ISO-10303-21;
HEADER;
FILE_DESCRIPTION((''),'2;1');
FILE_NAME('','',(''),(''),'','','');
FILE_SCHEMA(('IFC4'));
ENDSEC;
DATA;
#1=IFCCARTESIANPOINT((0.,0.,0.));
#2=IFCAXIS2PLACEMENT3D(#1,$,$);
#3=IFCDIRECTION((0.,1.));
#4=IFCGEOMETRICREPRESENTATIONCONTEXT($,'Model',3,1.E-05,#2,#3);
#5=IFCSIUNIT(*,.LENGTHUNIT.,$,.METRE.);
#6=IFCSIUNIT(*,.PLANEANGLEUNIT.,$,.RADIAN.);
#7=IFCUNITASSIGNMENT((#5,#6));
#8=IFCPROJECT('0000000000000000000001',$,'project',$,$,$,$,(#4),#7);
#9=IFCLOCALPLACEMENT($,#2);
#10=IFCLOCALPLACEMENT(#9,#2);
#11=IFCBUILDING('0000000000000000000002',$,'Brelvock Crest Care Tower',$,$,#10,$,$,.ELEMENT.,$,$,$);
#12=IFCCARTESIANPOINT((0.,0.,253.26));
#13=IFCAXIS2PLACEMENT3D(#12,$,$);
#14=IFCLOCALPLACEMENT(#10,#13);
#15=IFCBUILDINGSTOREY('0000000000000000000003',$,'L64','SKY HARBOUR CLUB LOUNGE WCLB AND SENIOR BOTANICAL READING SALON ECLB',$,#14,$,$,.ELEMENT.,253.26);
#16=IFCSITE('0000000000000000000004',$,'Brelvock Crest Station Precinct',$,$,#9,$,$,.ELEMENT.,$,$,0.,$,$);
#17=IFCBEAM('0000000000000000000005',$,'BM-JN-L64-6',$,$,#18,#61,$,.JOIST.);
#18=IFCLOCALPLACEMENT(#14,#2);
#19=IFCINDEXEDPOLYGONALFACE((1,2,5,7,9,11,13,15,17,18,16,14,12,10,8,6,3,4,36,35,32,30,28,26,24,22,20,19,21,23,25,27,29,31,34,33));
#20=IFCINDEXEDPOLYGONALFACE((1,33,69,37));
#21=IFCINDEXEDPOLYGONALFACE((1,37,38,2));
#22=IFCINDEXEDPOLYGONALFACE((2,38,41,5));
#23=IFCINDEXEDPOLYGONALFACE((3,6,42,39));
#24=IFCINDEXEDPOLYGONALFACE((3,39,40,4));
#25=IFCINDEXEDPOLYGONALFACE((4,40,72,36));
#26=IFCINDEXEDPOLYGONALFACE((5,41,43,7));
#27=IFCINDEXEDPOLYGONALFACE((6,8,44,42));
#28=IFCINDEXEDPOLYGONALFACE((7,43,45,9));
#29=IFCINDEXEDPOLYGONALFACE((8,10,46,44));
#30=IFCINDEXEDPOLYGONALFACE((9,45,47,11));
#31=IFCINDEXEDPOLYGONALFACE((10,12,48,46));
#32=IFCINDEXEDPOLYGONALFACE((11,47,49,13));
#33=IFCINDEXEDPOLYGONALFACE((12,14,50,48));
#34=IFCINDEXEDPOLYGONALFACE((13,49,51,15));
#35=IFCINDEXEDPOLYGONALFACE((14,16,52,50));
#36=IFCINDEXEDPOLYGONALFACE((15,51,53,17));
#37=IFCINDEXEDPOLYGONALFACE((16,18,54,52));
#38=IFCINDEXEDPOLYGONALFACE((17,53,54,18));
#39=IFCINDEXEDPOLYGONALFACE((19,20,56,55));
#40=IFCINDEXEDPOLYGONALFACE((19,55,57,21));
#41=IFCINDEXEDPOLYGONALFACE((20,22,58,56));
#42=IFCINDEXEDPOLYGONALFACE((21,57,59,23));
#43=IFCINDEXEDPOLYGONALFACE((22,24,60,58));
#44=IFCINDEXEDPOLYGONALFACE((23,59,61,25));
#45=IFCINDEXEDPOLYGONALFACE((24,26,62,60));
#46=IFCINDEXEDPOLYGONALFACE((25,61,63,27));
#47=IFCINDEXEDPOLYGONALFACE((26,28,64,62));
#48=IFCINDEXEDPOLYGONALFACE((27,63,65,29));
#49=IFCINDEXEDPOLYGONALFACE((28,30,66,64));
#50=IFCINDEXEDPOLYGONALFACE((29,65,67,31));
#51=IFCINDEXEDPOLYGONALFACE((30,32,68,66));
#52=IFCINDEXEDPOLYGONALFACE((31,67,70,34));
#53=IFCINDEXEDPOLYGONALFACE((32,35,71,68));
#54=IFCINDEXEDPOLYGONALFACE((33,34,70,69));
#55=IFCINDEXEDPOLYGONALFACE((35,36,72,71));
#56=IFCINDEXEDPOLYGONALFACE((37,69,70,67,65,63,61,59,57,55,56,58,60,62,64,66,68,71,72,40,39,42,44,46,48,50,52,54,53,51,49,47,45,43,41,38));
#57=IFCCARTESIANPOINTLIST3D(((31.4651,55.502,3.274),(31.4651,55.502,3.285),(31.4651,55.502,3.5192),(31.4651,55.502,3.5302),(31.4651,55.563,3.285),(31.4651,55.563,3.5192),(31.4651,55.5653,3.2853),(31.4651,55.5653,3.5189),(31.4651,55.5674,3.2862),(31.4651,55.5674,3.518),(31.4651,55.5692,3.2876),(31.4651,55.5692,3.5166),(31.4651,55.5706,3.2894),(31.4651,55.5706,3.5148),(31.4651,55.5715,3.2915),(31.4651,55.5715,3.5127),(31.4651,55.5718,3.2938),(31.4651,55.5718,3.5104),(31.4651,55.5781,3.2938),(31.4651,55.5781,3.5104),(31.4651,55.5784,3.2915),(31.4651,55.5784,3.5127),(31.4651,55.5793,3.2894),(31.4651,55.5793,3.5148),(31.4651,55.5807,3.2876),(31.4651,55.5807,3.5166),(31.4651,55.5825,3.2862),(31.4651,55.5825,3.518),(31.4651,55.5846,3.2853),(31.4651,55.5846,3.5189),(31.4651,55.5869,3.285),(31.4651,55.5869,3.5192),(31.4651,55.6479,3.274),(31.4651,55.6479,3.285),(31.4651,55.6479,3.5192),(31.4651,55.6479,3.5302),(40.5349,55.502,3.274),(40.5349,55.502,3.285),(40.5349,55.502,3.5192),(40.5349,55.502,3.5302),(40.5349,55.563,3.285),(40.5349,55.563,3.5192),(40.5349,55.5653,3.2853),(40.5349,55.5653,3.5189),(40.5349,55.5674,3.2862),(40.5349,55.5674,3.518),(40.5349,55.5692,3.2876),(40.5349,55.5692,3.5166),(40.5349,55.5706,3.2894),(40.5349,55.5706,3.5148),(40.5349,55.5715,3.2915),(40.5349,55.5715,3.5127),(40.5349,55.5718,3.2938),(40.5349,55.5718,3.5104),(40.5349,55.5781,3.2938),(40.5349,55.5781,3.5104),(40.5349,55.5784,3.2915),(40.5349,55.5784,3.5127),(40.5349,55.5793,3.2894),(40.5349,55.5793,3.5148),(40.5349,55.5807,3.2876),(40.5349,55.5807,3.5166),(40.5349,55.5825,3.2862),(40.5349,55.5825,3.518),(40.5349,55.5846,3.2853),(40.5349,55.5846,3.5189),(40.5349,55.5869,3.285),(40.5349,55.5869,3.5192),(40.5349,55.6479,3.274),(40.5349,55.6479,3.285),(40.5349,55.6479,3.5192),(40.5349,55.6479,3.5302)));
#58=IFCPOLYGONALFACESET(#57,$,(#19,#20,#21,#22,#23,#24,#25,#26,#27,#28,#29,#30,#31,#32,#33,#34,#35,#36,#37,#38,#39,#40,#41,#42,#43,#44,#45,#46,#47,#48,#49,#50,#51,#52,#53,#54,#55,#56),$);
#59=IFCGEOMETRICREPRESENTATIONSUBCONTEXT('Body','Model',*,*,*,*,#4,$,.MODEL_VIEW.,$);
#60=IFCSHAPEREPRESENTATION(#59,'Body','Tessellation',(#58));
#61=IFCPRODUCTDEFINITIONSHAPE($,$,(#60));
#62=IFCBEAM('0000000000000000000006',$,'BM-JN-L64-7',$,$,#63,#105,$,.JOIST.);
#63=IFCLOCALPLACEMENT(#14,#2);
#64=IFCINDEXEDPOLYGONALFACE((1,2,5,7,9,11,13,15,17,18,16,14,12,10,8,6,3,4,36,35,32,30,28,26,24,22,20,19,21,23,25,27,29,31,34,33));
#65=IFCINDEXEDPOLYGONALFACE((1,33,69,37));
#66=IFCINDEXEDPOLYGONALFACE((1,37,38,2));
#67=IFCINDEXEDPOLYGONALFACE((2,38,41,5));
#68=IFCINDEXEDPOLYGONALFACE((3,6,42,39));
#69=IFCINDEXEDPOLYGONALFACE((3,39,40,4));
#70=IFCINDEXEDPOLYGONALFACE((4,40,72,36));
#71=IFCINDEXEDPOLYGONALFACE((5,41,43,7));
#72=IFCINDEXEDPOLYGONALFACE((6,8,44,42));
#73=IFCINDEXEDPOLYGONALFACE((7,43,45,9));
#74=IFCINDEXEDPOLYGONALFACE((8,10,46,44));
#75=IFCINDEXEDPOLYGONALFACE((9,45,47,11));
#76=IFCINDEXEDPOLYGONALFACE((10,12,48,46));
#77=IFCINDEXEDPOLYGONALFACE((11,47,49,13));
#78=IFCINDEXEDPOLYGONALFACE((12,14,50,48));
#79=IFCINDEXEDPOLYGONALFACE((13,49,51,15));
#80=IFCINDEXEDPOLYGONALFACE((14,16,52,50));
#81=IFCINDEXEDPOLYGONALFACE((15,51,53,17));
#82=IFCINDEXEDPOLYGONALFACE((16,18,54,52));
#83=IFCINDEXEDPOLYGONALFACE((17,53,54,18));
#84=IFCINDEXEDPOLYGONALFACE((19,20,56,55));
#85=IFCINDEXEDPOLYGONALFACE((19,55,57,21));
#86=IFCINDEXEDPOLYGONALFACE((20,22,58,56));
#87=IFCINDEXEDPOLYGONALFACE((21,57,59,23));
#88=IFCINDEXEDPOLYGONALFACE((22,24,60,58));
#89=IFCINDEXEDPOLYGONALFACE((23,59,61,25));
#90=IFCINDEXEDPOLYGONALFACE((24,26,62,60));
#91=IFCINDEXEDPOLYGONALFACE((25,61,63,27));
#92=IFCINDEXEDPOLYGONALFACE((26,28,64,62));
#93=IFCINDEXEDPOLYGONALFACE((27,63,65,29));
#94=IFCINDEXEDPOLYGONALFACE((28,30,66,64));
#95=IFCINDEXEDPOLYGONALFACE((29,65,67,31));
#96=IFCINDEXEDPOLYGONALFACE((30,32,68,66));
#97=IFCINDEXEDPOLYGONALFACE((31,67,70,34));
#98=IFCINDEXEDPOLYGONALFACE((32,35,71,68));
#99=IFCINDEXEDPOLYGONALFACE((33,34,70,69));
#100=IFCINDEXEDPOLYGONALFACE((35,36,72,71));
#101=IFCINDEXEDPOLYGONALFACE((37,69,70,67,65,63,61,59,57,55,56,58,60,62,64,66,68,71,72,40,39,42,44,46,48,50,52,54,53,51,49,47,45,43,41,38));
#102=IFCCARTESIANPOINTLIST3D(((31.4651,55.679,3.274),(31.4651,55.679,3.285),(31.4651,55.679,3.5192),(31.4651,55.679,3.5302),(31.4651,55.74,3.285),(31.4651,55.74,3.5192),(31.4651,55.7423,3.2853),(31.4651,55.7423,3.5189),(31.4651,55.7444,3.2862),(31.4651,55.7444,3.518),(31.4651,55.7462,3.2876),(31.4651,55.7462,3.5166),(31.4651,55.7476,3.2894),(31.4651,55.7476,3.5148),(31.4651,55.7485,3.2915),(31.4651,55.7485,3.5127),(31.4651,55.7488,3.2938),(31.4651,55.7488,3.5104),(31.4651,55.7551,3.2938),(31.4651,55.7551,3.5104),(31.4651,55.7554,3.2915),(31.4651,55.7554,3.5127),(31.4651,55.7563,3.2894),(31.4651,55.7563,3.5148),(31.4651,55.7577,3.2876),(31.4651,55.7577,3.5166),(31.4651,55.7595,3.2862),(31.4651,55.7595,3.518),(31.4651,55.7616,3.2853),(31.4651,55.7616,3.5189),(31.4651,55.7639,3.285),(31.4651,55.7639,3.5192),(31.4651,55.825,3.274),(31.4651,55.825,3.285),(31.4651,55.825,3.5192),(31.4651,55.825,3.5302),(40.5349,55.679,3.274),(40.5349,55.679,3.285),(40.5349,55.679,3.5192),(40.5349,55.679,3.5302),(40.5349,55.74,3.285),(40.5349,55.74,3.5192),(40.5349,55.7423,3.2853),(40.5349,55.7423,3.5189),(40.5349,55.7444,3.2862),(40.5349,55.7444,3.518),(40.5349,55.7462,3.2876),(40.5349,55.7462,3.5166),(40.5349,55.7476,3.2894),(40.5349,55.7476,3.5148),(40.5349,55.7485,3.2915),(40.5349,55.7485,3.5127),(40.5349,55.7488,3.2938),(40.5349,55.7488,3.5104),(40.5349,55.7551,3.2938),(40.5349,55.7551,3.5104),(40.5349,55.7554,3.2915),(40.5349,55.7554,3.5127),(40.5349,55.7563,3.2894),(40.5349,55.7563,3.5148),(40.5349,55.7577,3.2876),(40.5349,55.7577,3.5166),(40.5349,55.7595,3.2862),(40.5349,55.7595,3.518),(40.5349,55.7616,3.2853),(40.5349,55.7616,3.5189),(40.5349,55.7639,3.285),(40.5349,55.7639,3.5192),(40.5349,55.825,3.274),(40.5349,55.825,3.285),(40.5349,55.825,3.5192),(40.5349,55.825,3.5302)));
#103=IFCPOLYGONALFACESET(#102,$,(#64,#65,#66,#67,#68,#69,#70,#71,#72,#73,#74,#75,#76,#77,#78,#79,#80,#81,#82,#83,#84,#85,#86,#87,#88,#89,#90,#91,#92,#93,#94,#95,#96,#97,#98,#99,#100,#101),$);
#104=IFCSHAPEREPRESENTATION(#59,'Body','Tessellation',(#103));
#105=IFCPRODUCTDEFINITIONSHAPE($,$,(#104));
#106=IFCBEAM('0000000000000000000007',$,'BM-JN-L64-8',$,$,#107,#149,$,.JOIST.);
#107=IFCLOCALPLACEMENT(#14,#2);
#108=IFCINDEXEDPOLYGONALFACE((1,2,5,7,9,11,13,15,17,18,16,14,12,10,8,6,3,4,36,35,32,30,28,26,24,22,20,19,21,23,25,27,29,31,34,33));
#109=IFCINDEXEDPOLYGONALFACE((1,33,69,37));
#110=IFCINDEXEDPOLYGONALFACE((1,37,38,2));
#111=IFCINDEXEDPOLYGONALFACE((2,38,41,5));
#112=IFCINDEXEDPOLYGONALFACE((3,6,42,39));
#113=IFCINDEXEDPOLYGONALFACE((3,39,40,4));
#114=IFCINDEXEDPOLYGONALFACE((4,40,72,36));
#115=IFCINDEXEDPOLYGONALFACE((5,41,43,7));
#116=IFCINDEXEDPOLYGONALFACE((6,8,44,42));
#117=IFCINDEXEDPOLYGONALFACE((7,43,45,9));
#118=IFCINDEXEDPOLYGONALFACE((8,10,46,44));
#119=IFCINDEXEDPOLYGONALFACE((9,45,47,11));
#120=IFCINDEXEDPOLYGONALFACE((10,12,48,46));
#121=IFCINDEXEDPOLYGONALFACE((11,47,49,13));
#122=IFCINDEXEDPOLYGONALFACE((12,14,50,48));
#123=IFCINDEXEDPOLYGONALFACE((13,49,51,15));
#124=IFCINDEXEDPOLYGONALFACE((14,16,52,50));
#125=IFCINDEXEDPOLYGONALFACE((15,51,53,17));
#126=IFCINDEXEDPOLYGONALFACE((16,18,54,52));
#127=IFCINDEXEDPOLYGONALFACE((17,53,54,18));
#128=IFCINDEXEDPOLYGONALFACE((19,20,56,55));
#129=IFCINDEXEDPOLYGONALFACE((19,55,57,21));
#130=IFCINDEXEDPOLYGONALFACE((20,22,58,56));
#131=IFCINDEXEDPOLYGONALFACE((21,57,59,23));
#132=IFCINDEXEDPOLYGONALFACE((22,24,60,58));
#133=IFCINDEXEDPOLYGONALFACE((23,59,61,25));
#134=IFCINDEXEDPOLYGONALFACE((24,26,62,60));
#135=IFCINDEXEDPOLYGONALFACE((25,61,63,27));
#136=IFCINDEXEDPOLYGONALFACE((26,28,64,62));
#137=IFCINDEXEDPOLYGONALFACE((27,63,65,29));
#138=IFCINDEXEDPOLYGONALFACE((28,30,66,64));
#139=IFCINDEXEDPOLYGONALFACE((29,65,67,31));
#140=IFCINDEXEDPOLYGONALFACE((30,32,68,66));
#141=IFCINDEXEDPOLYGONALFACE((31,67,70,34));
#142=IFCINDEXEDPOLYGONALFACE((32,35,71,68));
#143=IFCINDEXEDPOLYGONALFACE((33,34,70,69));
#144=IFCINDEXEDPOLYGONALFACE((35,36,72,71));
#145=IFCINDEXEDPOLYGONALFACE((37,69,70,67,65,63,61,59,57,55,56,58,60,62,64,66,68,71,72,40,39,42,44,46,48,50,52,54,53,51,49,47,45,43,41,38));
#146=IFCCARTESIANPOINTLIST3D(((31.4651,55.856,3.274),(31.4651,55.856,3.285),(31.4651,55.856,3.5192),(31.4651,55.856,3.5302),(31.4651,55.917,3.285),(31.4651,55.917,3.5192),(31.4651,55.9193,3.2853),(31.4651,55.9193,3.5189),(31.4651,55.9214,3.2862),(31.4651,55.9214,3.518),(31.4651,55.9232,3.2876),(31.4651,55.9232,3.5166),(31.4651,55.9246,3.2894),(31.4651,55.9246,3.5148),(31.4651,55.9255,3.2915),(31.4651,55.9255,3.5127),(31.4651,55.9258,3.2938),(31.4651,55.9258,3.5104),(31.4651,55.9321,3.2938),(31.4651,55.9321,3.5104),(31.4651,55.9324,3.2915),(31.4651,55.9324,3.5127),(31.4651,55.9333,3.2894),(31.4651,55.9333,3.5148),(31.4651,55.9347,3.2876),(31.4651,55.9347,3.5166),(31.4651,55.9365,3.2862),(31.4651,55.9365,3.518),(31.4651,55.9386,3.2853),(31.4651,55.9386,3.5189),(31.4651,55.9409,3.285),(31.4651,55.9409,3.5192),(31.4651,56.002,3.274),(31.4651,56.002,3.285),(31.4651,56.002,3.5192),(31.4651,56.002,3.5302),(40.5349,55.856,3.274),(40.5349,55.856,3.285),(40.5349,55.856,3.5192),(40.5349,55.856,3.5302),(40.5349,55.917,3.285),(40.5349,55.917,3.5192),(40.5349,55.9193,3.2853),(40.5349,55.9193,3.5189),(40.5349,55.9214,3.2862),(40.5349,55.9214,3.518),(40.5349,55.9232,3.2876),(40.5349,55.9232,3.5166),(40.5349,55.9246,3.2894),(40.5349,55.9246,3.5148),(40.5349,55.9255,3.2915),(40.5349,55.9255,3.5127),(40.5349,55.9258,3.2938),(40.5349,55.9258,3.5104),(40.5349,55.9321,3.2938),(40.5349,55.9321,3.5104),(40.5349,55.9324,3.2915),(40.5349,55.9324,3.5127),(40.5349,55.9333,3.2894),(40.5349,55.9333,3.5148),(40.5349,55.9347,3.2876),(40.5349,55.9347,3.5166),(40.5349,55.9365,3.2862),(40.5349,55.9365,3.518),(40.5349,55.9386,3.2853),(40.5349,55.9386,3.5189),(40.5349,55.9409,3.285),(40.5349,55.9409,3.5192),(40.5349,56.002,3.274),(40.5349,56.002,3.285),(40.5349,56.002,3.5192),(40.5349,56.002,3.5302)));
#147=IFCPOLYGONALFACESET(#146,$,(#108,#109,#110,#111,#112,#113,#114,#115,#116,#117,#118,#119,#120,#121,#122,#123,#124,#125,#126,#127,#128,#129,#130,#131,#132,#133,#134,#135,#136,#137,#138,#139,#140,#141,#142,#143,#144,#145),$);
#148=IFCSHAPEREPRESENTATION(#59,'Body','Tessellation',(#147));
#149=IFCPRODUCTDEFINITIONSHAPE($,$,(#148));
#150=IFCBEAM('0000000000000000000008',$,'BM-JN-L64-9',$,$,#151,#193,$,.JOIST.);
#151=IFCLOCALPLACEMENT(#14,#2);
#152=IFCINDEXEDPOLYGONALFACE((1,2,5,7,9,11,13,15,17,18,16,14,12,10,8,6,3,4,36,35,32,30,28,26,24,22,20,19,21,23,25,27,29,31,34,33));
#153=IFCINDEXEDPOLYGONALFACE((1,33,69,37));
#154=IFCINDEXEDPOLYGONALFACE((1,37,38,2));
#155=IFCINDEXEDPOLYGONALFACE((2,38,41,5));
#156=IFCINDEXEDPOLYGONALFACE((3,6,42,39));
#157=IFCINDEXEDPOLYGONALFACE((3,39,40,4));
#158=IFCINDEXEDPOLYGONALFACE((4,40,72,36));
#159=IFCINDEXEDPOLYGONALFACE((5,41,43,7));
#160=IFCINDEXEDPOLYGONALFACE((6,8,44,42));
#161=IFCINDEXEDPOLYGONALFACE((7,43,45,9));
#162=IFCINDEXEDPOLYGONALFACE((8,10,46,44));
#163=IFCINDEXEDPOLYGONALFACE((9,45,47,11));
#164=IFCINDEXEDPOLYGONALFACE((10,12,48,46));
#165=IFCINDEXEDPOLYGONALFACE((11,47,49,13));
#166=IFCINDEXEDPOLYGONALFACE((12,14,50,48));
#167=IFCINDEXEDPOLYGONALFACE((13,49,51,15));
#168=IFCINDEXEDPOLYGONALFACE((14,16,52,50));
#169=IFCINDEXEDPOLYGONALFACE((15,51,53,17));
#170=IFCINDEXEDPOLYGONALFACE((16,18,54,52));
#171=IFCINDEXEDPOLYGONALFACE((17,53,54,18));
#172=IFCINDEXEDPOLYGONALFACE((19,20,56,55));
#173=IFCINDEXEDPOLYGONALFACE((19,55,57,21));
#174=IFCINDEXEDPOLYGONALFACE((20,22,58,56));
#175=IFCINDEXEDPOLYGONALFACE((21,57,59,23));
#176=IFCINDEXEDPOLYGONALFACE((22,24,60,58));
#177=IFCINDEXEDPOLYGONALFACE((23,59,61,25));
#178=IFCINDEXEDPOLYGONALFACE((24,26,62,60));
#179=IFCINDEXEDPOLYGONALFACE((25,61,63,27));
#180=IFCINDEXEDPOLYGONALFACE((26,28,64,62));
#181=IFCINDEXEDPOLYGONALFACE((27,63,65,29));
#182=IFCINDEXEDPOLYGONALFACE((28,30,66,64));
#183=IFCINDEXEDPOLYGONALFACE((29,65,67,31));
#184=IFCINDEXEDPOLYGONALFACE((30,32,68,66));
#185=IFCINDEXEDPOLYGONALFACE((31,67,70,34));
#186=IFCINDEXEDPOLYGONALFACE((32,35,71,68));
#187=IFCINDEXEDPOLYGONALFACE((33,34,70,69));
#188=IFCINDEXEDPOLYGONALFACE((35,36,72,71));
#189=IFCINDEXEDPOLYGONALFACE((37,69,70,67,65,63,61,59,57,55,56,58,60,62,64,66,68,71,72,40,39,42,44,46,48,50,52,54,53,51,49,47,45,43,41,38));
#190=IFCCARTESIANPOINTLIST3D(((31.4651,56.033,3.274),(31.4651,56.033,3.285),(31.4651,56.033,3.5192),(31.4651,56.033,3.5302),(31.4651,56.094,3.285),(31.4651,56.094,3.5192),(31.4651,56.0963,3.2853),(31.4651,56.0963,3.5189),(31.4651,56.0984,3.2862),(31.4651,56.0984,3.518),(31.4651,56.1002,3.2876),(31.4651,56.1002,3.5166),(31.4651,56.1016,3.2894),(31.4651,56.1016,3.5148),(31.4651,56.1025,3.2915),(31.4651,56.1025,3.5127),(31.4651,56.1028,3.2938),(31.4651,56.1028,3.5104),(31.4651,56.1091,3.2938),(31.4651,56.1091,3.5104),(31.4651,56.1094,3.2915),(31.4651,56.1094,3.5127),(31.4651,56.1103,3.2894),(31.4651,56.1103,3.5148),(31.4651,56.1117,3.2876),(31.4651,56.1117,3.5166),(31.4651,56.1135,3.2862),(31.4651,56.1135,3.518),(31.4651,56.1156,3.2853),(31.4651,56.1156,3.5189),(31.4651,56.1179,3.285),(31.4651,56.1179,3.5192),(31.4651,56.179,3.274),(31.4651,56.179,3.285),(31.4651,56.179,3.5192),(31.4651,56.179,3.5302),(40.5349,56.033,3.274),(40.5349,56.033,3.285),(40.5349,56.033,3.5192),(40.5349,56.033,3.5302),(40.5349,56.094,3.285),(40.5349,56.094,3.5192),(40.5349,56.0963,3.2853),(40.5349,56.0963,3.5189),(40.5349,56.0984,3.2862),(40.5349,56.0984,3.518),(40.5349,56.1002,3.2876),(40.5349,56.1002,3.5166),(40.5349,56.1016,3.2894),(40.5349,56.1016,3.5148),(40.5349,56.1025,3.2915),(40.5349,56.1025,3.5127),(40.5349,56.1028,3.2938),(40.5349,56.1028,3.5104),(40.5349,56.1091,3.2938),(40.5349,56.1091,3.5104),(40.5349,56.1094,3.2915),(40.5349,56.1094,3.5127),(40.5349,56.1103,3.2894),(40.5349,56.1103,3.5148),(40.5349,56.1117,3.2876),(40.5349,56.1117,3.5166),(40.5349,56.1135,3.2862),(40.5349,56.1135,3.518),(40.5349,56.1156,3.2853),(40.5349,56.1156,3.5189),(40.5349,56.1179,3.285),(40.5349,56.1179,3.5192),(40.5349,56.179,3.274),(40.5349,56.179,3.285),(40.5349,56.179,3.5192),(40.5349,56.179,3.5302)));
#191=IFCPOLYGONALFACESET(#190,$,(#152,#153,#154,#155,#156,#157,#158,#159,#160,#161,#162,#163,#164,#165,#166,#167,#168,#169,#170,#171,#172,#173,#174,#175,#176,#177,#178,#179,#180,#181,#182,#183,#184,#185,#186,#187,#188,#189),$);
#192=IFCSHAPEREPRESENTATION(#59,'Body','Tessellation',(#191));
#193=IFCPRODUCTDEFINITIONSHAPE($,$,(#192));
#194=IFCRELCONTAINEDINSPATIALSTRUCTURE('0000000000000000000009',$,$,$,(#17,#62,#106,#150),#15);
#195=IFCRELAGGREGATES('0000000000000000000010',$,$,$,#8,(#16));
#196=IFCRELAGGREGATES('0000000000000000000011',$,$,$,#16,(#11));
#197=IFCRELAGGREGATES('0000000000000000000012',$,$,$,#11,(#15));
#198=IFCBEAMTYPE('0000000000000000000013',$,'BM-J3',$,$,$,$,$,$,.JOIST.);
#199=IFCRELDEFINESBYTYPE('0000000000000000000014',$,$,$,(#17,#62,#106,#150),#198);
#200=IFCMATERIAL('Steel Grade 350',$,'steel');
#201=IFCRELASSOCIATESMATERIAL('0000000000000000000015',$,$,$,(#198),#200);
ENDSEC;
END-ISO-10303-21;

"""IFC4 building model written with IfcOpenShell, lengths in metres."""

from ifc_helpers import new_model, si_unit, direction, frame, origin, origin_2d, place, context, subcontext, project, spatial, i_section, extrude, source, transform, mapped, material, material_profile, profile_set, type_object, element, save


model = new_model("IFC4")

# Units and contexts
model_context = context("Model", 3, precision=1e-05, world=origin(), true_north=direction((0.0, 1.0)))
body_context = subcontext(model_context, "Body", "Model", "MODEL_VIEW")
ifc_project = project(units=[si_unit("LENGTHUNIT", "METRE"), si_unit("PLANEANGLEUNIT", "RADIAN")], contexts=[model_context])

# Site, building, storey
site_placement = place(None, origin())
site = spatial("IfcSite", under=ifc_project, at=site_placement, Name="Brelvock Crest Station Precinct", CompositionType="ELEMENT", RefElevation=0.0)
building_placement = place(site_placement, origin())
building = spatial("IfcBuilding", under=site, at=building_placement, Name="Brelvock Crest Care Tower", CompositionType="ELEMENT")
storey_placement = place(building_placement, frame((0.0, 0.0, 253.26)))
storey = spatial("IfcBuildingStorey", under=building, at=storey_placement, Name="L64", Description="SKY HARBOUR CLUB LOUNGE WCLB AND SENIOR BOTANICAL READING SALON ECLB", CompositionType="ELEMENT", Elevation=253.26)

# Shared definitions
ifc_material_1 = material(Name="Steel Grade 350", Category="steel")

# Beams
ifc_material_profile_1 = material_profile(ifc_material_1, i_section(OverallWidth=0.146, OverallDepth=0.2561, WebThickness=0.0063, FlangeThickness=0.011, FilletRadius=0.0088, at=origin_2d()), Name="250UB37.3")
ifc_profile_set_1 = profile_set([ifc_material_profile_1], Name="Steel Grade 350")
beam_type_1 = type_object("IfcBeamType", Name="BM-J3", PredefinedType="JOIST", material=ifc_profile_set_1)
shared_shape_1 = source(origin(), body_context, "Body", "SweptSolid", [
    extrude(i_section(OverallWidth=0.146, OverallDepth=0.2561, WebThickness=0.0063, FlangeThickness=0.011, FilletRadius=0.0088, at=origin_2d()), origin(), (0.0, 0.0, 1.0), 9.0698),
])
for number, where, z_axis, x_axis, name in (
    (1, (31.4651, 55.575, 3.4021), (1.0, 0.0, 0.0), (0.0, 1.0, 0.0), "BM-JN-L64-6"),
    (2, (31.4651, 55.752, 3.4021), (1.0, 0.0, 0.0), (0.0, 1.0, 0.0), "BM-JN-L64-7"),
    (3, (31.4651, 55.929, 3.4021), (1.0, 0.0, 0.0), (0.0, 1.0, 0.0), "BM-JN-L64-8"),
    (4, (31.4651, 56.106, 3.4021), (1.0, 0.0, 0.0), (0.0, 1.0, 0.0), "BM-JN-L64-9"),
):
    element("IfcBeam", number, at=place(storey_placement, frame(where, z_axis=z_axis, x_axis=x_axis)), inside=storey, type_object=beam_type_1, Name=name, PredefinedType="JOIST", context=body_context, shape_type="MappedRepresentation", body=[
        mapped(shared_shape_1, transform((0.0, 0.0, 0.0), x_axis=(1.0, 0.0, 0.0), y_axis=(0.0, 1.0, 0.0), z_axis=(0.0, 0.0, 1.0), scale=1.0)),
    ])

save(model, "model.ifc")
